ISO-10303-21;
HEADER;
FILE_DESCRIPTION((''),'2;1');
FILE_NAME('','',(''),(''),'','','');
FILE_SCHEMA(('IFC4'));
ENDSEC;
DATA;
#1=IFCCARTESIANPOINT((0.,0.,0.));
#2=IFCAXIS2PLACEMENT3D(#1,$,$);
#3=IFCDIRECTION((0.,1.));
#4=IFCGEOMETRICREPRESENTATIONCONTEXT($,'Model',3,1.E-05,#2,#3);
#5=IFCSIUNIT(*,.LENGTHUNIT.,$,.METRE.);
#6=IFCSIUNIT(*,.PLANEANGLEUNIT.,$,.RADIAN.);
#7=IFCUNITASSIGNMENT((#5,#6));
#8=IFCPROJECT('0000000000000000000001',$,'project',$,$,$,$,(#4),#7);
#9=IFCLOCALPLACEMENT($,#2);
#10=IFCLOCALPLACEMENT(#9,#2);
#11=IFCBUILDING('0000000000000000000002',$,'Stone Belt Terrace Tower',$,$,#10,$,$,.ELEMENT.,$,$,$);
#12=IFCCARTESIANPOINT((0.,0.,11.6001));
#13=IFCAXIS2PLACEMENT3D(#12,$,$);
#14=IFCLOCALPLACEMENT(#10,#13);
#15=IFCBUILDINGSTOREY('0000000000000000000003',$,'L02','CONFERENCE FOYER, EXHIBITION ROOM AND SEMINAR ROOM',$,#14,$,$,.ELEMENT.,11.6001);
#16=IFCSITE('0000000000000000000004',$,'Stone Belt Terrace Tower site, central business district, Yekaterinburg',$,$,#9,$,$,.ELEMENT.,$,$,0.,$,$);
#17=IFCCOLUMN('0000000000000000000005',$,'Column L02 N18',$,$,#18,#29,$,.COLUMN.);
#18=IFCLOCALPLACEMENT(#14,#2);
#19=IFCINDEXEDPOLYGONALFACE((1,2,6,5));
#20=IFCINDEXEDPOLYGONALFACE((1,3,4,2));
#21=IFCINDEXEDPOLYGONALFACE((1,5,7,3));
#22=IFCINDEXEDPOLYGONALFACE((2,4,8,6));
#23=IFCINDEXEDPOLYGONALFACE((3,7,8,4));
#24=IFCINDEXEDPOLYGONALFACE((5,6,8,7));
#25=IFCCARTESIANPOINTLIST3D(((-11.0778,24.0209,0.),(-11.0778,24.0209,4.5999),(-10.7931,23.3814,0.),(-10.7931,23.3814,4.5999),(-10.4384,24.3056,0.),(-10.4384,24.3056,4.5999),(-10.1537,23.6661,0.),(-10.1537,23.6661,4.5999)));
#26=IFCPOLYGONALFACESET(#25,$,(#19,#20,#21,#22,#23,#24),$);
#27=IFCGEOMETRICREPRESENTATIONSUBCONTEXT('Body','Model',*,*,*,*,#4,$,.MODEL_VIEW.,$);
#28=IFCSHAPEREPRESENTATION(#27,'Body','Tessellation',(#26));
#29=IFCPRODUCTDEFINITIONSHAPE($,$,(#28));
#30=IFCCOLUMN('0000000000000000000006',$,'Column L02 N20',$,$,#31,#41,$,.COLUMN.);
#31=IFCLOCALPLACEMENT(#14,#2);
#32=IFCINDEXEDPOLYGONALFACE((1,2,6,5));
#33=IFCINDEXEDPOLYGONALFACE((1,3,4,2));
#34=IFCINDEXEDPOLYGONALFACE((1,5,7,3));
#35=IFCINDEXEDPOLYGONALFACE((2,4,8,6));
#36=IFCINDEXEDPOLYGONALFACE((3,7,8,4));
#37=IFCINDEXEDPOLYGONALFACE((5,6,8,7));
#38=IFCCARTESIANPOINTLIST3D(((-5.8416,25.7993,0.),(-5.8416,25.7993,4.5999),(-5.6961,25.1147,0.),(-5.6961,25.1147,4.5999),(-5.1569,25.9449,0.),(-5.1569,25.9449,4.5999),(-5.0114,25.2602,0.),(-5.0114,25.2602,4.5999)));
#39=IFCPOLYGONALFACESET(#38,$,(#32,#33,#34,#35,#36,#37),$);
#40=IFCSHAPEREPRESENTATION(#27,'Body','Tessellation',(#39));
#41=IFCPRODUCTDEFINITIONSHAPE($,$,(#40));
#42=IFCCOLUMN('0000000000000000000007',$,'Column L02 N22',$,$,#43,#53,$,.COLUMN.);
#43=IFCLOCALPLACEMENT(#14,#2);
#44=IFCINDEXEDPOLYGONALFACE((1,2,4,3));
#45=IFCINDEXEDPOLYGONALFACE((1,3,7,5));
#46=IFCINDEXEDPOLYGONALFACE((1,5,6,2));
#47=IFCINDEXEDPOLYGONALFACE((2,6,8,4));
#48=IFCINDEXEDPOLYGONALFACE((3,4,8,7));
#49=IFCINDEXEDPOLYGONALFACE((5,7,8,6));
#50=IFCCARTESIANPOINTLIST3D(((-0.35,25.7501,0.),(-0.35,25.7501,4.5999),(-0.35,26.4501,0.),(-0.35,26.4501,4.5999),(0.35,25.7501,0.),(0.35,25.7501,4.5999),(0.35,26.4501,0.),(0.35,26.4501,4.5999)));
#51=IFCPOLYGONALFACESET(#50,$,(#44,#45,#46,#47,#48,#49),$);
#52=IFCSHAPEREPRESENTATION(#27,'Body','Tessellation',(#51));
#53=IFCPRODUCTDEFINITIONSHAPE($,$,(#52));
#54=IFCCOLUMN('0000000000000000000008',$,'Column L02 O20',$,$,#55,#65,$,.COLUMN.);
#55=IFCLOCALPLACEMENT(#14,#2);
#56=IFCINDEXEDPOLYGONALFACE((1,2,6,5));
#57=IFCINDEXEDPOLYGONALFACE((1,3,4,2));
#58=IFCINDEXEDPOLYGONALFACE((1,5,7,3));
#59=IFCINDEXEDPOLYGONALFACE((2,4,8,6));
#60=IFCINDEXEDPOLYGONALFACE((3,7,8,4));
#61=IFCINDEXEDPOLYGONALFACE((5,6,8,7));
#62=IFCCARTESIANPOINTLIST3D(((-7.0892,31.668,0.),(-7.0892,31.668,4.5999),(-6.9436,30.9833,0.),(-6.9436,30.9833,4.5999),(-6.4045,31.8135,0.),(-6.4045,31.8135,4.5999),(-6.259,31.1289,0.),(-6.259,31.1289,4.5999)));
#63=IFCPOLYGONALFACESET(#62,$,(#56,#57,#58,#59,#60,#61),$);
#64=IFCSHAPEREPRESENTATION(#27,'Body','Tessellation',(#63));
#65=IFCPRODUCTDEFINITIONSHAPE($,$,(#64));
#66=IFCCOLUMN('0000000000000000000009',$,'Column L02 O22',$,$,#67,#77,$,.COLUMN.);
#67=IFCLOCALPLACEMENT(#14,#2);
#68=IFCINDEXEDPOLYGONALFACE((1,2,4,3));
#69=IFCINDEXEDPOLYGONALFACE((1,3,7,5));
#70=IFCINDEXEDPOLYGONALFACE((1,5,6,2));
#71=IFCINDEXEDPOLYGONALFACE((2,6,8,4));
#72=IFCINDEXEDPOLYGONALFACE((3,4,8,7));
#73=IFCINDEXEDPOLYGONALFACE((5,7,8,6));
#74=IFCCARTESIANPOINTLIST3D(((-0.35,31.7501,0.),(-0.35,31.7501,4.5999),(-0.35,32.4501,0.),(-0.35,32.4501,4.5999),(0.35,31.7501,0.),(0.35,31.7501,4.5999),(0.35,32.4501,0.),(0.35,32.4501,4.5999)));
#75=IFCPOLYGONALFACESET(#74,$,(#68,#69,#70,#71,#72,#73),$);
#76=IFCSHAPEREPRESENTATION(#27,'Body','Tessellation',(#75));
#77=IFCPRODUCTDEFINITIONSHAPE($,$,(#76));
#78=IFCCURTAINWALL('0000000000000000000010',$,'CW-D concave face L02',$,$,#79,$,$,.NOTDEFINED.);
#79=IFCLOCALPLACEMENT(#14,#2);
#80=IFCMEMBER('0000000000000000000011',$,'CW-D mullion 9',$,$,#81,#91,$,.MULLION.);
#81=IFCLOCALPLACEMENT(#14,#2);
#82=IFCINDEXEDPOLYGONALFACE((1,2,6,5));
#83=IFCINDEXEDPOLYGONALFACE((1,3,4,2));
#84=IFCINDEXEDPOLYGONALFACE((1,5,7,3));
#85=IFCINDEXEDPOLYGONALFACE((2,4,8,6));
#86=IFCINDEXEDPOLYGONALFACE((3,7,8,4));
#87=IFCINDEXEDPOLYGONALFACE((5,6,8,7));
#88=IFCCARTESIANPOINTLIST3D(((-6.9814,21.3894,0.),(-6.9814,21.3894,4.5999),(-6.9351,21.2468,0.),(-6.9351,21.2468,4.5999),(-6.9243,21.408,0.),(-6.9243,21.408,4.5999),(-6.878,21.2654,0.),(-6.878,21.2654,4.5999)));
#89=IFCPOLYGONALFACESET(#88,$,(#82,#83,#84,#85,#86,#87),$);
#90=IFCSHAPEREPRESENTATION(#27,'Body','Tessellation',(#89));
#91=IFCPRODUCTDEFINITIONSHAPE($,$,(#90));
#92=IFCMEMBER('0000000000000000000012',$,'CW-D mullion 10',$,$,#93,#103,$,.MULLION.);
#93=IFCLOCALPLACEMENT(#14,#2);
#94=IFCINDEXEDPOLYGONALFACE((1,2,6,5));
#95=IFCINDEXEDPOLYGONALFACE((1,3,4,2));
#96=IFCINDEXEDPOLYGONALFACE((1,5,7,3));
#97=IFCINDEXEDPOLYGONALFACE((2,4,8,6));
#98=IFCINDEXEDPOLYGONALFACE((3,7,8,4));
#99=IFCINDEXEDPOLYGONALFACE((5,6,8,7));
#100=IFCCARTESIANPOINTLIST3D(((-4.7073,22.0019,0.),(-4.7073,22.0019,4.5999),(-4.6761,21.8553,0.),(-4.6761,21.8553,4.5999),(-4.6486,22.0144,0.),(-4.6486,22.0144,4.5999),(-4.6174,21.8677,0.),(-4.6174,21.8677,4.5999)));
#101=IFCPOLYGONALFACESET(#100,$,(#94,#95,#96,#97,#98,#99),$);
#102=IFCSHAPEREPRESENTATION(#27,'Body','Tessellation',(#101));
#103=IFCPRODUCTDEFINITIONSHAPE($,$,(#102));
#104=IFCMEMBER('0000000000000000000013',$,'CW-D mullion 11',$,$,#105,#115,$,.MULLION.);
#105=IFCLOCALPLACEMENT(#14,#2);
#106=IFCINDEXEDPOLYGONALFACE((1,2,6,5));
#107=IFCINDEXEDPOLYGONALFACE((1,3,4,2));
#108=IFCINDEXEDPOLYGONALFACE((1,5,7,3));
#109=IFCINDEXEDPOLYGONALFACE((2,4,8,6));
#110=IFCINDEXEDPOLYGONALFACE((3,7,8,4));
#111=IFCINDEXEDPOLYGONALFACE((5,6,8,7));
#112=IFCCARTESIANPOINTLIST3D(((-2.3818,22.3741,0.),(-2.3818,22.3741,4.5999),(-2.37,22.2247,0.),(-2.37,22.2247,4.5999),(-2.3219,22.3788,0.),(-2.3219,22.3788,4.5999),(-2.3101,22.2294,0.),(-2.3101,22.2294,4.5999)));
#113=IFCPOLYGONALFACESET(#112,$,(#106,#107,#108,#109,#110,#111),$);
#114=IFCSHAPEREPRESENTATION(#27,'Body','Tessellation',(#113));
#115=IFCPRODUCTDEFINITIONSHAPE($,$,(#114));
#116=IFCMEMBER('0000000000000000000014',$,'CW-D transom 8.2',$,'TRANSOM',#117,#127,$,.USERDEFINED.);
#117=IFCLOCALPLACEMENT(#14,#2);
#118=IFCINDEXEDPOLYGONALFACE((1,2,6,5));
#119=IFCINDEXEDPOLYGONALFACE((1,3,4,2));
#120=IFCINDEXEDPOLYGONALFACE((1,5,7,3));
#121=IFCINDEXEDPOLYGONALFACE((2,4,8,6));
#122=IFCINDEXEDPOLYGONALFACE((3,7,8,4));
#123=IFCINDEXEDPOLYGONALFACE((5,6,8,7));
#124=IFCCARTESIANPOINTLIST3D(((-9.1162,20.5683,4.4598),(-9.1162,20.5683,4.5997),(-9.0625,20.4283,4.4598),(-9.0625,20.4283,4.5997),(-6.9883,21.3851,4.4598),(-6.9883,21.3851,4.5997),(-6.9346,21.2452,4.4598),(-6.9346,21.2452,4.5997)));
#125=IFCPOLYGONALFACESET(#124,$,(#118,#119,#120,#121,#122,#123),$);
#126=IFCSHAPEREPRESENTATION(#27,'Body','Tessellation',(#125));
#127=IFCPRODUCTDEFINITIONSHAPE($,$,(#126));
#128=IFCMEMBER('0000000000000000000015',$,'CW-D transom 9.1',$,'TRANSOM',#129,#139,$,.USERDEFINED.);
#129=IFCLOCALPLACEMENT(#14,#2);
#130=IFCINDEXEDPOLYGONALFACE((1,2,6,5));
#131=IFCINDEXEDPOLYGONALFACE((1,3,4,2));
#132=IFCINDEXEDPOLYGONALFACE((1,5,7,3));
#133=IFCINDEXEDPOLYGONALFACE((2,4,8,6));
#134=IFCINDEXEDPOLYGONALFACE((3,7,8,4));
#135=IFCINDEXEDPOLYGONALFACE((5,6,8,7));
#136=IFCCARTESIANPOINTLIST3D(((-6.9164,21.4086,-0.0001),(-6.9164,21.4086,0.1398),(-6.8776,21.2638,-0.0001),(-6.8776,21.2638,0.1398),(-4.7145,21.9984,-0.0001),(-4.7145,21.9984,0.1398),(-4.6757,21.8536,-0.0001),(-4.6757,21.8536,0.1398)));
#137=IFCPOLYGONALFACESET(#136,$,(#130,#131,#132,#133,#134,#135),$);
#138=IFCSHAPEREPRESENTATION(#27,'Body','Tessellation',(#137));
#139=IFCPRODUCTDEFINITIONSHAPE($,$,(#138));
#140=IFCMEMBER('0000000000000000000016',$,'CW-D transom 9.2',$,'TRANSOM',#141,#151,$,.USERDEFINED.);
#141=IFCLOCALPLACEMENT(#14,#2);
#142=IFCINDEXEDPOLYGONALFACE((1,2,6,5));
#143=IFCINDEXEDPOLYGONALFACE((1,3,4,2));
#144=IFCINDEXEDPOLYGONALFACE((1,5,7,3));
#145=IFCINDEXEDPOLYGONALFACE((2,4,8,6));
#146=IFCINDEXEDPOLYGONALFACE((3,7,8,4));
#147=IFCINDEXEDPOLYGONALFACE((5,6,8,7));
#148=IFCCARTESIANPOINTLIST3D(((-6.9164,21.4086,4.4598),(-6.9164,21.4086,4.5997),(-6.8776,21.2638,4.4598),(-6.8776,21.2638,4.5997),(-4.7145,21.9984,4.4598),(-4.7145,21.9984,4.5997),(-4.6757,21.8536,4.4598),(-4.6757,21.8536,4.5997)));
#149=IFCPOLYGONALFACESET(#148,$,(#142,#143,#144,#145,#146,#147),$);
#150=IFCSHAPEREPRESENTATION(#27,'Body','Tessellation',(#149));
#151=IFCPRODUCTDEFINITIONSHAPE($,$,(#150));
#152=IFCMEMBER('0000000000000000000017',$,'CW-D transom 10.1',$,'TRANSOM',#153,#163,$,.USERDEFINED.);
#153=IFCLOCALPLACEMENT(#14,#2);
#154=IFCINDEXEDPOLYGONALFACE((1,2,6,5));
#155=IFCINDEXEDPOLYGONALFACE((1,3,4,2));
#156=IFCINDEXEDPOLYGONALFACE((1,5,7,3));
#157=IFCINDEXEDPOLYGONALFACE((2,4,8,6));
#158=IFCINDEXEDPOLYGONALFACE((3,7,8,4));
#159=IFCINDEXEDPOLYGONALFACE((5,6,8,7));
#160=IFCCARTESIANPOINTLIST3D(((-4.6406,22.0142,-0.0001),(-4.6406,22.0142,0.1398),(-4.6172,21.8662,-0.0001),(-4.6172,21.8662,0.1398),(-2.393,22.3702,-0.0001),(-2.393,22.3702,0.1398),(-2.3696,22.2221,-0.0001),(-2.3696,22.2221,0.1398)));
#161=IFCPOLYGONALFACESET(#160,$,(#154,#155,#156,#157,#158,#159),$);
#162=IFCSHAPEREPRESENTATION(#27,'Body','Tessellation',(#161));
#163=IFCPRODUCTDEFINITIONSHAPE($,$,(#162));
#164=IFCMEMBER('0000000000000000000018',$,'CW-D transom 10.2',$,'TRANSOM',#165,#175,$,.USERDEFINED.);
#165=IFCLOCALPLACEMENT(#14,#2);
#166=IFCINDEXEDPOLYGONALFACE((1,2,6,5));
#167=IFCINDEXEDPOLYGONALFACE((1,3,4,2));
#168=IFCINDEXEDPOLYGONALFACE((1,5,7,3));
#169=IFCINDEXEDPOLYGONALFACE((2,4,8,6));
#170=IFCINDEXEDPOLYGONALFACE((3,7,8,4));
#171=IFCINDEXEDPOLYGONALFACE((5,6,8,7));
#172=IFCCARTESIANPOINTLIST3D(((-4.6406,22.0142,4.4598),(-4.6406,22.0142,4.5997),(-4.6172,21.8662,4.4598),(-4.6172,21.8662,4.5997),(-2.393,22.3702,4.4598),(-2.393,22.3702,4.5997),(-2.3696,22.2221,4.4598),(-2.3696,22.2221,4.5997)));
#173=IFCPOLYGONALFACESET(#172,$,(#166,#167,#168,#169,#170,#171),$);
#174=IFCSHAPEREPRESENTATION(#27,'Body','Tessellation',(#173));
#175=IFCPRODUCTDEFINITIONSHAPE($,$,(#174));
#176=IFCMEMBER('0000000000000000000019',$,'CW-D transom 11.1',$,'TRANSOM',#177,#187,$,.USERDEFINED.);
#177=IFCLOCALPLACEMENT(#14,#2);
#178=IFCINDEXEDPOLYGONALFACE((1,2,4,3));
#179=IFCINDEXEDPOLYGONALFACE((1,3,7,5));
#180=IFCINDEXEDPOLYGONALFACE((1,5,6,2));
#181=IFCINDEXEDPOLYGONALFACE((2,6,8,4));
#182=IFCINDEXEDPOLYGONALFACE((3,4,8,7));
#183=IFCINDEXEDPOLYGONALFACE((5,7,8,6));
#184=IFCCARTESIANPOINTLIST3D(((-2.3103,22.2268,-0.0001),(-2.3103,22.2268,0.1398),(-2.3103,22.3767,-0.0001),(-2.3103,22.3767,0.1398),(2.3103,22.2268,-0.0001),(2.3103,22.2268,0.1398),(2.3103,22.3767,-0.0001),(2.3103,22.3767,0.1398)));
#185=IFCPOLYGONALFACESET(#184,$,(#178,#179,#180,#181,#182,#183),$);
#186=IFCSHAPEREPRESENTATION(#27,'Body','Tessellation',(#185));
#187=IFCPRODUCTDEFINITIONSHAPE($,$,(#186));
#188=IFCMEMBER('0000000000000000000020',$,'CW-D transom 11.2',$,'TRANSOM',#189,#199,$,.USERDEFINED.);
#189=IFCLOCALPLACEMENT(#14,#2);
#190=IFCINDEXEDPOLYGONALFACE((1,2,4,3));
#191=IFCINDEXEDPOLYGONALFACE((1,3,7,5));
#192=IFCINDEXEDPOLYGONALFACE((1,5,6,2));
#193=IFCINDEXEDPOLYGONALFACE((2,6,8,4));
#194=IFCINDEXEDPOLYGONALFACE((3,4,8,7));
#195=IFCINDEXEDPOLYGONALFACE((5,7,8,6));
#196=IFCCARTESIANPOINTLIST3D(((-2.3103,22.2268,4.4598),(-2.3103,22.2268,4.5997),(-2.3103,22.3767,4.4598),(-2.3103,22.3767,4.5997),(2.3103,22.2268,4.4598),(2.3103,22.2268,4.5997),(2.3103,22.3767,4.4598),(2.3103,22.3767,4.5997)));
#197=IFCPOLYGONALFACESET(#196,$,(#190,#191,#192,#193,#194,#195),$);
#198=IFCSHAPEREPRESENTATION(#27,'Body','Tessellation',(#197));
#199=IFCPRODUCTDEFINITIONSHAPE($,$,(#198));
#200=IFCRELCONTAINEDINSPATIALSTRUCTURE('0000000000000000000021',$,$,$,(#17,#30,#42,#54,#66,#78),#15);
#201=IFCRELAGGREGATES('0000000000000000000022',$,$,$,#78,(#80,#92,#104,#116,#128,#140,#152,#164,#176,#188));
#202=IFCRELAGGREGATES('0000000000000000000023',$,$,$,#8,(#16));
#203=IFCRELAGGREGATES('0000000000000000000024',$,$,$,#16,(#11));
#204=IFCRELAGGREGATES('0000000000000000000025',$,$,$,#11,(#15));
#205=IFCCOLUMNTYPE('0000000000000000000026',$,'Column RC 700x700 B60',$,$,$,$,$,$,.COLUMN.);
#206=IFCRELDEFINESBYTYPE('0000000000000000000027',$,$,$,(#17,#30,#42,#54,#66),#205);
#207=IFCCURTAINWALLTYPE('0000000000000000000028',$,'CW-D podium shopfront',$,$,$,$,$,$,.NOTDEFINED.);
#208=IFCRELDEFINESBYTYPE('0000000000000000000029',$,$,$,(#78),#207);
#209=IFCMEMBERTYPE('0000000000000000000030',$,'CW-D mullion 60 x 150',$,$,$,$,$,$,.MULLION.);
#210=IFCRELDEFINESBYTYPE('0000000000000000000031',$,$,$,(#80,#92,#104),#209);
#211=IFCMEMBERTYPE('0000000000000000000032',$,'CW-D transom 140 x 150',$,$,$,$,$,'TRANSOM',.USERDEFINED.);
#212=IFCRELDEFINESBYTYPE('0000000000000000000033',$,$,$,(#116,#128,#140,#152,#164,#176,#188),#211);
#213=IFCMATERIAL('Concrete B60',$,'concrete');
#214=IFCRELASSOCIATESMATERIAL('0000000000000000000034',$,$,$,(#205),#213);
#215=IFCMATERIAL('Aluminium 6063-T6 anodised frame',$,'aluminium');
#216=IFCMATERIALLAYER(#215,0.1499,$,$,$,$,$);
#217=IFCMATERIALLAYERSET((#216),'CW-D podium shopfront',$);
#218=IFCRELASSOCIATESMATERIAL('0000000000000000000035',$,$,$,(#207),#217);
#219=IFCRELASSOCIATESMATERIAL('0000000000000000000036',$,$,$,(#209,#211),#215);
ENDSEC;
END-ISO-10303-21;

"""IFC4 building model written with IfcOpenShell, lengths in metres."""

from ifc_helpers import new_model, si_unit, direction, frame, origin, origin_2d, place, context, subcontext, project, spatial, rectangle, extrude, material, layer, layer_set, material_profile, profile_set, type_object, element, aggregate, save


model = new_model("IFC4")

# Units and contexts
model_context = context("Model", 3, precision=1e-05, world=origin(), true_north=direction((0.0, 1.0)))
body_context = subcontext(model_context, "Body", "Model", "MODEL_VIEW")
ifc_project = project(units=[si_unit("LENGTHUNIT", "METRE"), si_unit("PLANEANGLEUNIT", "RADIAN")], contexts=[model_context])

# Site, building, storey
site_placement = place(None, origin())
site = spatial("IfcSite", under=ifc_project, at=site_placement, Name="Stone Belt Terrace Tower site, central business district, Yekaterinburg", CompositionType="ELEMENT", RefElevation=0.0)
building_placement = place(site_placement, origin())
building = spatial("IfcBuilding", under=site, at=building_placement, Name="Stone Belt Terrace Tower", CompositionType="ELEMENT")
storey_placement = place(building_placement, frame((0.0, 0.0, 11.6001)))
storey = spatial("IfcBuildingStorey", under=building, at=storey_placement, Name="L02", Description="CONFERENCE FOYER, EXHIBITION ROOM AND SEMINAR ROOM", CompositionType="ELEMENT", Elevation=11.6001)

# Columns
ifc_material_1 = material(Name="Concrete B60", Category="concrete")
ifc_material_profile_1 = material_profile(ifc_material_1, rectangle(XDim=0.7, YDim=0.7, at=origin_2d()), Name="RC 700x700")
ifc_profile_set_1 = profile_set([ifc_material_profile_1], Name="Concrete B60")
column_type = type_object("IfcColumnType", Name="Column RC 700x700 B60", PredefinedType="COLUMN", material=ifc_profile_set_1)
for number, where, z_axis, x_axis, name in (
    (1, (-10.6157, 23.8435, 0.0), (0.0, 0.0, 1.0), (0.913545, 0.406737, 0.0), "Column L02 N18"),
    (2, (-5.4265, 25.5298, 0.0), (0.0, 0.0, 1.0), (0.978148, 0.207912, 0.0), "Column L02 N20"),
    (3, (0.0, 26.1001, 0.0), (0.0, 0.0, 1.0), (1.0, 0.0, 0.0), "Column L02 N22"),
    (4, (-6.6741, 31.3984, 0.0), (0.0, 0.0, 1.0), (0.978148, 0.207912, 0.0), "Column L02 O20"),
    (5, (0.0, 32.1001, 0.0), (0.0, 0.0, 1.0), (1.0, 0.0, 0.0), "Column L02 O22"),
):
    element("IfcColumn", number, at=place(storey_placement, frame(where, z_axis=z_axis, x_axis=x_axis)), inside=storey, type_object=column_type, Name=name, PredefinedType="COLUMN", context=body_context, shape_type="SweptSolid", body=[
        extrude(rectangle(XDim=0.7, YDim=0.7, at=origin_2d()), origin(), (0.0, 0.0, 1.0), 4.5999),
    ])

# Curtain wall, members
ifc_material_2 = material(Name="Aluminium 6063-T6 anodised frame", Category="aluminium")
ifc_layer_1 = layer(ifc_material_2, 0.1499)
ifc_layer_set_1 = layer_set([ifc_layer_1], Name="CW-D podium shopfront")
curtain_wall_type = type_object("IfcCurtainWallType", Name="CW-D podium shopfront", PredefinedType="NOTDEFINED", material=ifc_layer_set_1)
curtain_wall_placement = place(storey_placement, origin())
curtain_wall = element("IfcCurtainWall", 6, at=curtain_wall_placement, inside=storey, type_object=curtain_wall_type, Name="CW-D concave face L02", PredefinedType="NOTDEFINED")
ifc_material_profile_2 = material_profile(ifc_material_2, rectangle(XDim=0.1499, YDim=0.0601, at=origin_2d()), Name="Aluminium 6063-T6 60x150")
ifc_profile_set_2 = profile_set([ifc_material_profile_2], Name="Aluminium 6063-T6 anodised frame")
member_type_1 = type_object("IfcMemberType", Name="CW-D mullion 60 x 150", PredefinedType="MULLION", material=ifc_profile_set_2)
member_1_placement = place(storey_placement, frame((-6.9297, 21.3274, 0.0), z_axis=(0.0, 0.0, 1.0), x_axis=(-0.309017, 0.951057, 0.0)))
member_1 = element("IfcMember", 7, at=member_1_placement, type_object=member_type_1, Name="CW-D mullion 9", PredefinedType="MULLION", context=body_context, shape_type="SweptSolid", body=[
    extrude(rectangle(XDim=0.1499, YDim=0.0601, at=origin_2d()), origin(), (0.0, 0.0, 1.0), 4.5999),
])
member_2_placement = place(storey_placement, frame((-4.6624, 21.9348, 0.0), z_axis=(0.0, 0.0, 1.0), x_axis=(-0.207912, 0.978148, 0.0)))
member_2 = element("IfcMember", 8, at=member_2_placement, type_object=member_type_1, Name="CW-D mullion 10", PredefinedType="MULLION", context=body_context, shape_type="SweptSolid", body=[
    extrude(rectangle(XDim=0.1499, YDim=0.0601, at=origin_2d()), origin(), (0.0, 0.0, 1.0), 4.5999),
])
member_3_placement = place(storey_placement, frame((-2.3459, 22.3018, 0.0), z_axis=(0.0, 0.0, 1.0), x_axis=(-0.078459, 0.996917, 0.0)))
member_3 = element("IfcMember", 9, at=member_3_placement, type_object=member_type_1, Name="CW-D mullion 11", PredefinedType="MULLION", context=body_context, shape_type="SweptSolid", body=[
    extrude(rectangle(XDim=0.1499, YDim=0.0601, at=origin_2d()), origin(), (0.0, 0.0, 1.0), 4.5999),
])
ifc_material_profile_3 = material_profile(ifc_material_2, rectangle(XDim=0.1499, YDim=0.1399, at=origin_2d()), Name="Aluminium 6063-T6 150x140")
ifc_profile_set_3 = profile_set([ifc_material_profile_3], Name="Aluminium 6063-T6 anodised frame")
member_type_2 = type_object("IfcMemberType", Name="CW-D transom 140 x 150", ElementType="TRANSOM", PredefinedType="USERDEFINED", material=ifc_profile_set_3)
member_4_placement = place(storey_placement, frame((-9.0894, 20.4983, 4.5298), z_axis=(0.933572, 0.35839, 0.0), x_axis=(-0.35839, 0.933572, 0.0)))
member_4 = element("IfcMember", 10, at=member_4_placement, type_object=member_type_2, Name="CW-D transom 8.2", ObjectType="TRANSOM", PredefinedType="USERDEFINED", context=body_context, shape_type="SweptSolid", body=[
    extrude(rectangle(XDim=0.1499, YDim=0.1399, at=origin_2d()), origin(), (0.0, 0.0, 1.0), 2.2793),
])
member_5_placement = place(storey_placement, frame((-6.897, 21.3362, 0.0698), z_axis=(0.965943, 0.258756, 0.0), x_axis=(-0.258756, 0.965943, 0.0)))
member_5 = element("IfcMember", 11, at=member_5_placement, type_object=member_type_2, Name="CW-D transom 9.1", ObjectType="TRANSOM", PredefinedType="USERDEFINED", context=body_context, shape_type="SweptSolid", body=[
    extrude(rectangle(XDim=0.1499, YDim=0.1399, at=origin_2d()), origin(), (0.0, 0.0, 1.0), 2.2795),
])
member_6_placement = place(storey_placement, frame((-6.897, 21.3362, 4.5298), z_axis=(0.965943, 0.258756, 0.0), x_axis=(-0.258756, 0.965943, 0.0)))
member_6 = element("IfcMember", 12, at=member_6_placement, type_object=member_type_2, Name="CW-D transom 9.2", ObjectType="TRANSOM", PredefinedType="USERDEFINED", context=body_context, shape_type="SweptSolid", body=[
    extrude(rectangle(XDim=0.1499, YDim=0.1399, at=origin_2d()), origin(), (0.0, 0.0, 1.0), 2.2795),
])
member_7_placement = place(storey_placement, frame((-4.6289, 21.9402, 0.0698), z_axis=(0.98769, 0.156425, 0.0), x_axis=(-0.156425, 0.98769, 0.0)))
member_7 = element("IfcMember", 13, at=member_7_placement, type_object=member_type_2, Name="CW-D transom 10.1", ObjectType="TRANSOM", PredefinedType="USERDEFINED", context=body_context, shape_type="SweptSolid", body=[
    extrude(rectangle(XDim=0.1499, YDim=0.1399, at=origin_2d()), origin(), (0.0, 0.0, 1.0), 2.2756),
])
member_8_placement = place(storey_placement, frame((-4.6289, 21.9402, 4.5298), z_axis=(0.98769, 0.156425, 0.0), x_axis=(-0.156425, 0.98769, 0.0)))
member_8 = element("IfcMember", 14, at=member_8_placement, type_object=member_type_2, Name="CW-D transom 10.2", ObjectType="TRANSOM", PredefinedType="USERDEFINED", context=body_context, shape_type="SweptSolid", body=[
    extrude(rectangle(XDim=0.1499, YDim=0.1399, at=origin_2d()), origin(), (0.0, 0.0, 1.0), 2.2756),
])
member_9_placement = place(storey_placement, frame((-2.3103, 22.3018, 0.0698), z_axis=(1.0, 0.0, 0.0), x_axis=(0.0, 1.0, 0.0)))
member_9 = element("IfcMember", 15, at=member_9_placement, type_object=member_type_2, Name="CW-D transom 11.1", ObjectType="TRANSOM", PredefinedType="USERDEFINED", context=body_context, shape_type="SweptSolid", body=[
    extrude(rectangle(XDim=0.1499, YDim=0.1399, at=origin_2d()), origin(), (0.0, 0.0, 1.0), 4.6206),
])
member_10_placement = place(storey_placement, frame((-2.3103, 22.3018, 4.5298), z_axis=(1.0, 0.0, 0.0), x_axis=(0.0, 1.0, 0.0)))
member_10 = element("IfcMember", 16, at=member_10_placement, type_object=member_type_2, Name="CW-D transom 11.2", ObjectType="TRANSOM", PredefinedType="USERDEFINED", context=body_context, shape_type="SweptSolid", body=[
    extrude(rectangle(XDim=0.1499, YDim=0.1399, at=origin_2d()), origin(), (0.0, 0.0, 1.0), 4.6206),
])
aggregate(curtain_wall, [member_1, member_2, member_3, member_4, member_5, member_6, member_7, member_8, member_9, member_10])

save(model, "model.ifc")
